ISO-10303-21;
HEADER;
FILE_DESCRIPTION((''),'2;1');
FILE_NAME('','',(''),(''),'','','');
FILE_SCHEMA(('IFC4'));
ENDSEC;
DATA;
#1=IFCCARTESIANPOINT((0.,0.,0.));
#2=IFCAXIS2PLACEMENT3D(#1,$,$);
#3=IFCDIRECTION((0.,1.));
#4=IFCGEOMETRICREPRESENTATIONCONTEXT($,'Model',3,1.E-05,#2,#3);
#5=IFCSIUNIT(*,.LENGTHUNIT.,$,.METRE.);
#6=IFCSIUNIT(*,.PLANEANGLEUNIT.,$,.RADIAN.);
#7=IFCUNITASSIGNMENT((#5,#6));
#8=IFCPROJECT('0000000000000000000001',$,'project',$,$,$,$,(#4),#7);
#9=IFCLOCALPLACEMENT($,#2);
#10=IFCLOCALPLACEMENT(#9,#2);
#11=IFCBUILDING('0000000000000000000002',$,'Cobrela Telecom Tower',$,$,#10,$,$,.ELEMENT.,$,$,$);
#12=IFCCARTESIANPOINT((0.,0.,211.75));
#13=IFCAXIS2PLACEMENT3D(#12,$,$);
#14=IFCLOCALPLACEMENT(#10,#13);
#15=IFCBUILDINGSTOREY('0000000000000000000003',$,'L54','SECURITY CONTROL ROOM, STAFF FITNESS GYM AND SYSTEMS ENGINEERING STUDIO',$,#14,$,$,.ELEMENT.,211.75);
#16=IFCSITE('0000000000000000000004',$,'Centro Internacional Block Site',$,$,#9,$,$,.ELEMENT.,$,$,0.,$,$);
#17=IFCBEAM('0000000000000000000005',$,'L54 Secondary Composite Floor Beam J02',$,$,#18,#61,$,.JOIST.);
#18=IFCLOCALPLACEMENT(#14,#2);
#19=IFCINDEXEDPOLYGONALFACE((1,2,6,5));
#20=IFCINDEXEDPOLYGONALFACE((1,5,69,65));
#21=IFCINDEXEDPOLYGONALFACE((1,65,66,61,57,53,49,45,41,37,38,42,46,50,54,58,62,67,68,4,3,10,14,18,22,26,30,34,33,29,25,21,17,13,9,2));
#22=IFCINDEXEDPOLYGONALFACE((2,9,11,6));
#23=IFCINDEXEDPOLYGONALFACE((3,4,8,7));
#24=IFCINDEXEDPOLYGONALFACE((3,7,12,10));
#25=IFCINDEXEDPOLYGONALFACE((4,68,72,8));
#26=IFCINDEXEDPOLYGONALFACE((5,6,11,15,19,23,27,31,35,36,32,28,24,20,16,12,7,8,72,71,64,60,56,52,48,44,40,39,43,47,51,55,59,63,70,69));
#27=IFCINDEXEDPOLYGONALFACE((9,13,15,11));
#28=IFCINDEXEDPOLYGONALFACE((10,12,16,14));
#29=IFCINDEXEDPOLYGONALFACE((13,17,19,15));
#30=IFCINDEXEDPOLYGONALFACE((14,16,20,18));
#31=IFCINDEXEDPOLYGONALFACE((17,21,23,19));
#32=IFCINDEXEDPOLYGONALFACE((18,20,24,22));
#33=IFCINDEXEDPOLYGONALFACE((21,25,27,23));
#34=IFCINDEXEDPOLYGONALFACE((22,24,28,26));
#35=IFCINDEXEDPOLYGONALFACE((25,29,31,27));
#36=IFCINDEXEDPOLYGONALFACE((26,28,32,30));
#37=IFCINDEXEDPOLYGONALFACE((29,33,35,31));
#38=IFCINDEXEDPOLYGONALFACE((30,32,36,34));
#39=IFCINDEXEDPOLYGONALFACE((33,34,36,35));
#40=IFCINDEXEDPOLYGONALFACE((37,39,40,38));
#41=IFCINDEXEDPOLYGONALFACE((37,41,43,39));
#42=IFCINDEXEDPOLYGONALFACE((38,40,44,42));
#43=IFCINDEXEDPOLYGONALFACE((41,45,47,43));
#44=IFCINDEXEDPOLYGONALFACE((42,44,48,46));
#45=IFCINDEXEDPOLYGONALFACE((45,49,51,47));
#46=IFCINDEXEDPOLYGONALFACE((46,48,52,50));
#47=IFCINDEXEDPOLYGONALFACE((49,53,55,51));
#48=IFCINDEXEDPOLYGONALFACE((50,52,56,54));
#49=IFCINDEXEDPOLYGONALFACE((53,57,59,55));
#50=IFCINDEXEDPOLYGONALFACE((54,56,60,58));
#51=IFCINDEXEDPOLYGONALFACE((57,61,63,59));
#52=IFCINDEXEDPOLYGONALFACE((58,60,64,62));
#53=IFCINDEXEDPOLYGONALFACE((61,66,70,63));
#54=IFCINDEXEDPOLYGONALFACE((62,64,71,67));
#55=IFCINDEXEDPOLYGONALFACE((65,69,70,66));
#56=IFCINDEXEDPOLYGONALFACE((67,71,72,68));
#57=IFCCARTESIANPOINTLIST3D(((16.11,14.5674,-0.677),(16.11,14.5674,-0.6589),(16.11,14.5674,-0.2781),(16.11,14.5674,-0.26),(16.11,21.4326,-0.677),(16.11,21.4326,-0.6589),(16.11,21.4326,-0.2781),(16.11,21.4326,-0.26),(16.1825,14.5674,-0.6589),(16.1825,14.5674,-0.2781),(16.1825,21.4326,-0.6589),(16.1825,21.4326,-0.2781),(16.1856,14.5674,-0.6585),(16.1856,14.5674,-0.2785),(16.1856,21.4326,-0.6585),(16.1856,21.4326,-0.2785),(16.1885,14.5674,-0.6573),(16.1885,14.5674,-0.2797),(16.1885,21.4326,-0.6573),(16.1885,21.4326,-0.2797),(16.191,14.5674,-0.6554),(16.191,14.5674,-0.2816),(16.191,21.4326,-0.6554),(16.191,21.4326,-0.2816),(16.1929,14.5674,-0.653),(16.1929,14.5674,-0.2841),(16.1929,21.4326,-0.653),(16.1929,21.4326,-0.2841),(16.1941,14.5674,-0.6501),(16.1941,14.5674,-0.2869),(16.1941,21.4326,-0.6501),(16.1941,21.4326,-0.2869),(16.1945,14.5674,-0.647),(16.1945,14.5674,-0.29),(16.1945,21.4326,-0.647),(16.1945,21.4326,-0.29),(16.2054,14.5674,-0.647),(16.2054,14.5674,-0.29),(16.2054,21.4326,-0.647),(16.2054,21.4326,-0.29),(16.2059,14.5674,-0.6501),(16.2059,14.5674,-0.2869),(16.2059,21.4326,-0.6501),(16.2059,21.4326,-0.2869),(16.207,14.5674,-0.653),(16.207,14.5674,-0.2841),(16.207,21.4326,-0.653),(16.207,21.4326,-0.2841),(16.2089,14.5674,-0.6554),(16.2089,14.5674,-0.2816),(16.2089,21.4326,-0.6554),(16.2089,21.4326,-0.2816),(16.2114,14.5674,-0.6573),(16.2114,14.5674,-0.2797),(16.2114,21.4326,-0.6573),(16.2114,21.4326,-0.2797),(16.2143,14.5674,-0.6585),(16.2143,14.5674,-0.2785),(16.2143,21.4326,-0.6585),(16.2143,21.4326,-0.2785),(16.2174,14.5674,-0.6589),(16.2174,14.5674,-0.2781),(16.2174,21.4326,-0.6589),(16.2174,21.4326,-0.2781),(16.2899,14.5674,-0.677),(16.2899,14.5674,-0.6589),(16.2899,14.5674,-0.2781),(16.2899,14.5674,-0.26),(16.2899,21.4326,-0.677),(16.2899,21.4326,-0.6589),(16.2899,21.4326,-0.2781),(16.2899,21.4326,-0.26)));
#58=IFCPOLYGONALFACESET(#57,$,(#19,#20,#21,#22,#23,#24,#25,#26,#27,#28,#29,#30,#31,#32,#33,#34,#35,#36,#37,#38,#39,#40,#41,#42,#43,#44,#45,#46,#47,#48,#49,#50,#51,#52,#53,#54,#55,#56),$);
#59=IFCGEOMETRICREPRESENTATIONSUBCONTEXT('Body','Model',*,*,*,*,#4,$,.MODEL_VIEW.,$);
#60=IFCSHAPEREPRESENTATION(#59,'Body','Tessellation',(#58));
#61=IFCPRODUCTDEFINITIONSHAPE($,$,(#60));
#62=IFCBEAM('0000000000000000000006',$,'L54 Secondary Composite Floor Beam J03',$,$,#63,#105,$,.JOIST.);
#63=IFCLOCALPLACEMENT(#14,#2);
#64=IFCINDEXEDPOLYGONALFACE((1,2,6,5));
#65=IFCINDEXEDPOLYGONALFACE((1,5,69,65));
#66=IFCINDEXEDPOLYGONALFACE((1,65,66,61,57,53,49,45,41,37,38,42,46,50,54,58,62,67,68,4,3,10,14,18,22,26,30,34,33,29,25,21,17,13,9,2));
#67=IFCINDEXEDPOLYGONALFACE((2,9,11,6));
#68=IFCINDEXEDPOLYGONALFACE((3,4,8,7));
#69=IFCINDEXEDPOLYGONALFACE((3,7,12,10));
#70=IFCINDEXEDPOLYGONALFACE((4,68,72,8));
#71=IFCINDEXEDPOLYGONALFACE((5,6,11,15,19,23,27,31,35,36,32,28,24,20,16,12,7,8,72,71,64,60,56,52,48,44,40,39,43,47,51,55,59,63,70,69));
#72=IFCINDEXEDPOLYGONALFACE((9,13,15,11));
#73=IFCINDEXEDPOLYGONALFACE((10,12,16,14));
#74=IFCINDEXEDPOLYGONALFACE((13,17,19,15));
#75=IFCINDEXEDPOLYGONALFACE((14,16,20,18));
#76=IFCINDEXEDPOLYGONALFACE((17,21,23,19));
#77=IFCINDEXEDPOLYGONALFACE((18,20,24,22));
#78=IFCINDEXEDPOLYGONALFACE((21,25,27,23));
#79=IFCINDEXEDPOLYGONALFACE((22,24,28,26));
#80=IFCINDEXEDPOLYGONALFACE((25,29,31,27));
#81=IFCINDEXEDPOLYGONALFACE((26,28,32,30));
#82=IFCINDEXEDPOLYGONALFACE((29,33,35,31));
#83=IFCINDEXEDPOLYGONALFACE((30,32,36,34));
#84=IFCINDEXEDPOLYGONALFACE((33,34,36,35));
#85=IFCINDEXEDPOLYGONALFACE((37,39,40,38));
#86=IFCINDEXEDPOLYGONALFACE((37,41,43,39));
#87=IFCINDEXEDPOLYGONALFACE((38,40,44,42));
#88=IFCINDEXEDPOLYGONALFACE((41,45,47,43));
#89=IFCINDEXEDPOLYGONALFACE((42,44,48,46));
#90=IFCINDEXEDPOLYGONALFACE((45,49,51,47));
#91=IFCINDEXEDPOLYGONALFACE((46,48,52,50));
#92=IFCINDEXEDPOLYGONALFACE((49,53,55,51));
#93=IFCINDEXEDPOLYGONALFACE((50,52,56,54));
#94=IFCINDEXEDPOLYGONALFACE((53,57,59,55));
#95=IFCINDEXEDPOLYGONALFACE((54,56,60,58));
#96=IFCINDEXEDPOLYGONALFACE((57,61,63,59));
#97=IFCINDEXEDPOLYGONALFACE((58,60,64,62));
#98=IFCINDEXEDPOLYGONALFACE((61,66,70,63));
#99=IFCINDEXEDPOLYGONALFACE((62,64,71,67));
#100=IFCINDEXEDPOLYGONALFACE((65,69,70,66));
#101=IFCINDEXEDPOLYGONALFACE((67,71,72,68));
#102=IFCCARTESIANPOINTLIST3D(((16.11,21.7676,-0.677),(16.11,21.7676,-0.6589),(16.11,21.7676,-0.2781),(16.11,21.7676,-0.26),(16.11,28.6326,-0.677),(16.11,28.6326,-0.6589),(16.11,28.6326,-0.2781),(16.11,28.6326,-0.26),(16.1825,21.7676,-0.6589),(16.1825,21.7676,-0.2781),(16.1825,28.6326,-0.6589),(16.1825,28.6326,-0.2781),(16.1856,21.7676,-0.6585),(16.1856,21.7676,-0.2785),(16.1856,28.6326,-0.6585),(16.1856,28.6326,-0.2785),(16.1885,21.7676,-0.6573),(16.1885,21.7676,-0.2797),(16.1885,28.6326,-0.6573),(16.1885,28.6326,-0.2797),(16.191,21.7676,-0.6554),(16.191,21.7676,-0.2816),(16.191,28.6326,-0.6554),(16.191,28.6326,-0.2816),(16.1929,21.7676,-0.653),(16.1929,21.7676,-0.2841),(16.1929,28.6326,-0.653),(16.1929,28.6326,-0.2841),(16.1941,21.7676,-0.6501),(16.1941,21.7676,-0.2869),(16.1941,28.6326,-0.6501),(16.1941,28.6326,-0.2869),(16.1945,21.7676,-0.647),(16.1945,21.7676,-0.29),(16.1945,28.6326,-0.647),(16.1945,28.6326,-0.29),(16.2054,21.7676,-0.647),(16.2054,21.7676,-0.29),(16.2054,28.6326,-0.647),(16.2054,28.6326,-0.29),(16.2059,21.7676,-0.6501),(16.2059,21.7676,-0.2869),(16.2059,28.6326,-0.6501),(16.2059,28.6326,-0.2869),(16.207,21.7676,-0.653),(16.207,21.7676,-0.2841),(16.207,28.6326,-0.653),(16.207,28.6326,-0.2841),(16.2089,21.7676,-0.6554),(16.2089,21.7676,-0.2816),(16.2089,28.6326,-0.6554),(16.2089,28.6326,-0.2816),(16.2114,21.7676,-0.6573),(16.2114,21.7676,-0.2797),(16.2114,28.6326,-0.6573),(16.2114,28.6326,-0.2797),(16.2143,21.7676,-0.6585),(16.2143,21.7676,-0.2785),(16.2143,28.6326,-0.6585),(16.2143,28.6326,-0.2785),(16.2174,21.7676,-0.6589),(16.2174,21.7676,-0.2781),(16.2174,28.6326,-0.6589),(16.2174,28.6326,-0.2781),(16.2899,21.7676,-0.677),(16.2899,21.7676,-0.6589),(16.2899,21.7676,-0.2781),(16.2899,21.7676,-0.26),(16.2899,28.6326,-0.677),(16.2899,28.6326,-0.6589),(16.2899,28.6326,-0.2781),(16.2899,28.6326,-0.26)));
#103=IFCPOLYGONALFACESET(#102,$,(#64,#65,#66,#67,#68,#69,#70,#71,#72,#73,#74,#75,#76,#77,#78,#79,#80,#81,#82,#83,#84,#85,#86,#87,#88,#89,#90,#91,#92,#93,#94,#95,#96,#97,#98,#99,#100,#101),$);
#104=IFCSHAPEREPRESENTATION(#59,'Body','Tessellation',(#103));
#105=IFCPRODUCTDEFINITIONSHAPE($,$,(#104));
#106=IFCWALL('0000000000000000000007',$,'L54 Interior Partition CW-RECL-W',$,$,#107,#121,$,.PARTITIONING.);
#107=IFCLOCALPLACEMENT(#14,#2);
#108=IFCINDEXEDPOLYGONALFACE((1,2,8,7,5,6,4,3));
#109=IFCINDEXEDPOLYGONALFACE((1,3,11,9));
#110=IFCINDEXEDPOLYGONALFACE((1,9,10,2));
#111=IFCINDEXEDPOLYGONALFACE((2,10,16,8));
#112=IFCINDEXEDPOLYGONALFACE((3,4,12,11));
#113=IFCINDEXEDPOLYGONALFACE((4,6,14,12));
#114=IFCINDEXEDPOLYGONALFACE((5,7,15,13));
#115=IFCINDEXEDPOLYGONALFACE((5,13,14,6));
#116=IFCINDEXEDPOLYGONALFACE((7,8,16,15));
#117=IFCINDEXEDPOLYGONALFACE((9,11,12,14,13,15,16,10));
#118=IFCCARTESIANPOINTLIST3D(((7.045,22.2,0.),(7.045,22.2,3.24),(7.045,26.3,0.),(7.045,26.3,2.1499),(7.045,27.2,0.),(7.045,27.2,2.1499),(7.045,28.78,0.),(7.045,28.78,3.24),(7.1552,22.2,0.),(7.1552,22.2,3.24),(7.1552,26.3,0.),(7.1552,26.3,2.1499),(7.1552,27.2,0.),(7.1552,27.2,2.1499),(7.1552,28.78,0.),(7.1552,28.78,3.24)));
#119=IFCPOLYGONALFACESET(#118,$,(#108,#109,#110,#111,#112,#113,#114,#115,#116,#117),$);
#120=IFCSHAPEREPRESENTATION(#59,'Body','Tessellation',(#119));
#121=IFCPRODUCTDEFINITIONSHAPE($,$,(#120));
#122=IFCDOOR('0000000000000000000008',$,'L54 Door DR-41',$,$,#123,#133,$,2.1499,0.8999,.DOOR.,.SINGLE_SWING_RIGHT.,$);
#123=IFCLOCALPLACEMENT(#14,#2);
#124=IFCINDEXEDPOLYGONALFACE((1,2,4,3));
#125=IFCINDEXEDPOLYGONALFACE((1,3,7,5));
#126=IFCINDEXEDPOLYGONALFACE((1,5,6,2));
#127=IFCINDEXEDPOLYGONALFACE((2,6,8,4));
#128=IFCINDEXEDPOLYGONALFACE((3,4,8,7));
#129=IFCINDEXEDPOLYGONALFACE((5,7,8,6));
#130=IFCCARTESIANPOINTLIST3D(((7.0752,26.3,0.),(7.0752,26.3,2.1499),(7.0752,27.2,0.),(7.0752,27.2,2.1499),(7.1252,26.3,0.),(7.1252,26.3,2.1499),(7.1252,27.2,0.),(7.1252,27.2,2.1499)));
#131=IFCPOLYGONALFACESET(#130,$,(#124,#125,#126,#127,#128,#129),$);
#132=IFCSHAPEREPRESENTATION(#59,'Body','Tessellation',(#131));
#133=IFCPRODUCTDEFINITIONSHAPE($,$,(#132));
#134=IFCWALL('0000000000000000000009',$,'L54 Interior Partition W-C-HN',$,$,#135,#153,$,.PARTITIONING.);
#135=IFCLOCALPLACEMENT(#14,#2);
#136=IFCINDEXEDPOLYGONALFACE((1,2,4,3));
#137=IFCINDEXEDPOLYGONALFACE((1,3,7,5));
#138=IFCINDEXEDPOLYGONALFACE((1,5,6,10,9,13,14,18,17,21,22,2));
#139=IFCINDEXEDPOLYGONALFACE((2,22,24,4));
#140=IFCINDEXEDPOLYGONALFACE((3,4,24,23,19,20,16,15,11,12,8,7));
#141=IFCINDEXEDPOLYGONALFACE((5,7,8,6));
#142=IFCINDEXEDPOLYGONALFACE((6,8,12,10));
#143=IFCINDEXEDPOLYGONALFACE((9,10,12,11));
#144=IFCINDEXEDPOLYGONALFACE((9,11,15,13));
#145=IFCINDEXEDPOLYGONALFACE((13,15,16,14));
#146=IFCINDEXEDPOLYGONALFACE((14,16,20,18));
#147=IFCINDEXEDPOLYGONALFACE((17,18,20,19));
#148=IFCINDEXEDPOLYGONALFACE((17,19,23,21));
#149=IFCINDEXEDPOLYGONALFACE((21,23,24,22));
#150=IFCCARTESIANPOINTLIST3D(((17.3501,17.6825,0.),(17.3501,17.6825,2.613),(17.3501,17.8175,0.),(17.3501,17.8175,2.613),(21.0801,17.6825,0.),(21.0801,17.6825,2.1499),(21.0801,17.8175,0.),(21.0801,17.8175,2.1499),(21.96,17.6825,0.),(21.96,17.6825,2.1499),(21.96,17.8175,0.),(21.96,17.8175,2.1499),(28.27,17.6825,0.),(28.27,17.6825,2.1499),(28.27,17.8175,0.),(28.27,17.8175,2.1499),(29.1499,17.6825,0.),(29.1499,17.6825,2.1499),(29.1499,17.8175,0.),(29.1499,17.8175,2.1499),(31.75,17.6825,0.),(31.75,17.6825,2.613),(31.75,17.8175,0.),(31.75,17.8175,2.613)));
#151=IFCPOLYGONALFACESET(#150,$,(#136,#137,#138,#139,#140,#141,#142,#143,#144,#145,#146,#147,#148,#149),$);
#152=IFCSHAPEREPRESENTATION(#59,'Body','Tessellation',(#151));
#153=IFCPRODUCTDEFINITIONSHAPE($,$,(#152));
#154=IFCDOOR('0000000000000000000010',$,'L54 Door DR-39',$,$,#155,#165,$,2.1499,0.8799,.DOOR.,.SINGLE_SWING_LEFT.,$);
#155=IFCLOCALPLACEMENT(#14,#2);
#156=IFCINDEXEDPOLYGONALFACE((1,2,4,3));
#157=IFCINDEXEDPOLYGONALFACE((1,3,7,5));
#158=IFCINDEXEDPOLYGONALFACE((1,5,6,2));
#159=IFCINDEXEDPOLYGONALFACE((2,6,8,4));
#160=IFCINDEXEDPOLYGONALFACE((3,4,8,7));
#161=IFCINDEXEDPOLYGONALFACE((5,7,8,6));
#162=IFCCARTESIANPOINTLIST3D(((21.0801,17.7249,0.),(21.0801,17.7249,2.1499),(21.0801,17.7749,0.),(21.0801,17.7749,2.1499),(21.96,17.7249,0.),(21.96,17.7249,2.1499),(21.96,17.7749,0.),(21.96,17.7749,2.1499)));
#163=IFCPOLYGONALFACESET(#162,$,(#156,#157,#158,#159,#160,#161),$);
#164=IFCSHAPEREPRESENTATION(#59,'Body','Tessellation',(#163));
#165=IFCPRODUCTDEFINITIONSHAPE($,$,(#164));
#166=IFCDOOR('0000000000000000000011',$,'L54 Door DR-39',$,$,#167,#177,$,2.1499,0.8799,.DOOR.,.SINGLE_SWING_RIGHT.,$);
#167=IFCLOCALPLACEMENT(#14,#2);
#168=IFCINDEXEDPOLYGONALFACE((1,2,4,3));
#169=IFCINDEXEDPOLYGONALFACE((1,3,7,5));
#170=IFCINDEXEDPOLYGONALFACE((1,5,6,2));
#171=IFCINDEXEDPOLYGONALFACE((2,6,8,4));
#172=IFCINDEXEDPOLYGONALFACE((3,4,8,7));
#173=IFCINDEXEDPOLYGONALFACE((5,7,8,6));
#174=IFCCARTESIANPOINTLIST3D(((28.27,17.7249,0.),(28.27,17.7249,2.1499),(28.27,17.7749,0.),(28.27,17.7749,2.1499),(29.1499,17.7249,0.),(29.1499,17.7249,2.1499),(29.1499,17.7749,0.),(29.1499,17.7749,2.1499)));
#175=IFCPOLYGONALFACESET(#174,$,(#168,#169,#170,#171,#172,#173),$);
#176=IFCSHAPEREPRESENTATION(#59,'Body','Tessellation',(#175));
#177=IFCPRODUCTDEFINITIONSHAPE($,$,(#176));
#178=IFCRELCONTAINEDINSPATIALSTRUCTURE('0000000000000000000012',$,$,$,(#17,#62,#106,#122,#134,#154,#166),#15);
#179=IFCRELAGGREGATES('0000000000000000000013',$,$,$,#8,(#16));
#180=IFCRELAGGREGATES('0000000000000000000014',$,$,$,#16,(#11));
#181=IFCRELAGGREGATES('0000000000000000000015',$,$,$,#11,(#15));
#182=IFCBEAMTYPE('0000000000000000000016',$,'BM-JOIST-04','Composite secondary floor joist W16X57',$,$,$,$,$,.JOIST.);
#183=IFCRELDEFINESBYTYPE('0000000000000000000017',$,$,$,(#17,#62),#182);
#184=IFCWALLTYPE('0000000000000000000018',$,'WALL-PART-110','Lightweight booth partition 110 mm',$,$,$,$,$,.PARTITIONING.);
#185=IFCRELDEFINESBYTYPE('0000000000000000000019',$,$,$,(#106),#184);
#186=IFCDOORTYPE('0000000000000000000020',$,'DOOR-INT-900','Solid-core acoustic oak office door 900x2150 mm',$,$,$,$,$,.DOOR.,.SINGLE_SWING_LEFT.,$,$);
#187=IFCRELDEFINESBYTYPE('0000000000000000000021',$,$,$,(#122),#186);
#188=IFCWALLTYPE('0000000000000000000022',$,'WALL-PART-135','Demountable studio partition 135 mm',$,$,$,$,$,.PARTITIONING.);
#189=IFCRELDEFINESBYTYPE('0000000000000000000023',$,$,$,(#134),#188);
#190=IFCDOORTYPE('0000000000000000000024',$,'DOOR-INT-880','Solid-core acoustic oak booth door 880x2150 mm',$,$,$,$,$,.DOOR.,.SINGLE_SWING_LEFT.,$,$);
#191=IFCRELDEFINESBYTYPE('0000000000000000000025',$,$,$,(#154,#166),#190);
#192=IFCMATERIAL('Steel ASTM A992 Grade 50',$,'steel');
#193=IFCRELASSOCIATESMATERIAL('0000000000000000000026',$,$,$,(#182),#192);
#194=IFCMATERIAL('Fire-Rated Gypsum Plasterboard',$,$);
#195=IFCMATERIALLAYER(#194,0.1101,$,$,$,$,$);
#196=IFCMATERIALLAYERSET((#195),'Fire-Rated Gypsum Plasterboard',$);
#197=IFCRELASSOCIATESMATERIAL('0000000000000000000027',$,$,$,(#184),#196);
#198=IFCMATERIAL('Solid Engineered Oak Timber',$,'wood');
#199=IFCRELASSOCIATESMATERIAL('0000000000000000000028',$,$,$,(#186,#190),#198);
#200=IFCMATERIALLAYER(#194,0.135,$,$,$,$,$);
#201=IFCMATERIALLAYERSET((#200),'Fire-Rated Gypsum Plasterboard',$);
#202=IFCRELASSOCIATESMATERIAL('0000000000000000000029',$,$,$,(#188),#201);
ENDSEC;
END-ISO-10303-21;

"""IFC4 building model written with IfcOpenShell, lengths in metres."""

from ifc_helpers import new_model, si_unit, direction, frame, frame_2d, origin, origin_2d, place, context, subcontext, project, spatial, rectangle, i_section, extrude, material, layer, layer_set, material_profile, profile_set, type_object, element, fill, save


model = new_model("IFC4")

# Units and contexts
model_context = context("Model", 3, precision=1e-05, world=origin(), true_north=direction((0.0, 1.0)))
body_context = subcontext(model_context, "Body", "Model", "MODEL_VIEW")
ifc_project = project(units=[si_unit("LENGTHUNIT", "METRE"), si_unit("PLANEANGLEUNIT", "RADIAN")], contexts=[model_context])

# Site, building, storey
site_placement = place(None, origin())
site = spatial("IfcSite", under=ifc_project, at=site_placement, Name="Centro Internacional Block Site", CompositionType="ELEMENT", RefElevation=0.0)
building_placement = place(site_placement, origin())
building = spatial("IfcBuilding", under=site, at=building_placement, Name="Cobrela Telecom Tower", CompositionType="ELEMENT")
storey_placement = place(building_placement, frame((0.0, 0.0, 211.75)))
storey = spatial("IfcBuildingStorey", under=building, at=storey_placement, Name="L54", Description="SECURITY CONTROL ROOM, STAFF FITNESS GYM AND SYSTEMS ENGINEERING STUDIO", CompositionType="ELEMENT", Elevation=211.75)

# Beams
ifc_material_1 = material(Name="Steel ASTM A992 Grade 50", Category="steel")
ifc_material_profile_1 = material_profile(ifc_material_1, i_section(OverallWidth=0.1799, OverallDepth=0.417, WebThickness=0.011, FlangeThickness=0.0181, FilletRadius=0.012, at=origin_2d()), Name="W16X57")
ifc_profile_set_1 = profile_set([ifc_material_profile_1], Name="Steel ASTM A992 Grade 50")
beam_type_1 = type_object("IfcBeamType", Name="BM-JOIST-04", Description="Composite secondary floor joist W16X57", PredefinedType="JOIST", material=ifc_profile_set_1)
beam_1_placement = place(storey_placement, frame((16.2, 14.5674, -0.4685), z_axis=(0.0, 1.0, 0.0), x_axis=(-1.0, 0.0, 0.0)))
element("IfcBeam", 1, at=beam_1_placement, inside=storey, type_object=beam_type_1, Name="L54 Secondary Composite Floor Beam J02", PredefinedType="JOIST", context=body_context, shape_type="SweptSolid", body=[
    extrude(i_section(OverallWidth=0.1799, OverallDepth=0.417, WebThickness=0.011, FlangeThickness=0.0181, FilletRadius=0.012, at=origin_2d()), origin(), (0.0, 0.0, 1.0), 6.8652),
])
beam_2_placement = place(storey_placement, frame((16.2, 21.7676, -0.4685), z_axis=(0.0, 1.0, 0.0), x_axis=(-1.0, 0.0, 0.0)))
element("IfcBeam", 2, at=beam_2_placement, inside=storey, type_object=beam_type_1, Name="L54 Secondary Composite Floor Beam J03", PredefinedType="JOIST", context=body_context, shape_type="SweptSolid", body=[
    extrude(i_section(OverallWidth=0.1799, OverallDepth=0.417, WebThickness=0.011, FlangeThickness=0.0181, FilletRadius=0.012, at=origin_2d()), origin(), (0.0, 0.0, 1.0), 6.865),
])

# Wall, opening, door
ifc_material_2 = material(Name="Fire-Rated Gypsum Plasterboard")
ifc_layer_1 = layer(ifc_material_2, 0.1101)
ifc_layer_set_1 = layer_set([ifc_layer_1], Name="Fire-Rated Gypsum Plasterboard")
wall_type_1 = type_object("IfcWallType", Name="WALL-PART-110", Description="Lightweight booth partition 110 mm", PredefinedType="PARTITIONING", material=ifc_layer_set_1)
wall_1_placement = place(storey_placement, frame((7.1001, 22.2, 0.0), z_axis=(0.0, 0.0, 1.0), x_axis=(0.0, 1.0, 0.0)))
wall_1 = element("IfcWall", 3, at=wall_1_placement, inside=storey, type_object=wall_type_1, Name="L54 Interior Partition CW-RECL-W", PredefinedType="PARTITIONING", context=body_context, shape_type="SweptSolid", body=[
    extrude(rectangle(XDim=6.5801, YDim=0.1101, at=frame_2d((3.29, 0.0))), origin(), (0.0, 0.0, 1.0), 3.24),
])
opening_1_placement = place(wall_1_placement, frame((4.1001, 0.0, 0.0)))
opening_1 = element("IfcOpeningElement", 4, at=opening_1_placement, cuts=wall_1, PredefinedType="OPENING", context=body_context, shape_type="SweptSolid", body=[
    extrude(rectangle(XDim=0.8999, YDim=2.1499, at=frame_2d((0.45, 1.075))), frame((0.0, 0.0669, 0.0), z_axis=(0.0, -1.0, 0.0), x_axis=(1.0, 0.0, 0.0)), (0.0, 0.0, 1.0), 0.134),
])
ifc_material_3 = material(Name="Solid Engineered Oak Timber", Category="wood")
door_type_1 = type_object("IfcDoorType", Name="DOOR-INT-900", Description="Solid-core acoustic oak office door 900x2150 mm", OperationType="SINGLE_SWING_LEFT", PredefinedType="DOOR", material=ifc_material_3)
door_1_placement = place(opening_1_placement, origin())
door_1 = element("IfcDoor", 5, at=door_1_placement, inside=storey, type_object=door_type_1, Name="L54 Door DR-41", OperationType="SINGLE_SWING_RIGHT", OverallHeight=2.1499, OverallWidth=0.8999, PredefinedType="DOOR", context=body_context, shape_type="SweptSolid", body=[
    extrude(rectangle(XDim=0.8999, YDim=2.1499, at=frame_2d((0.45, 1.075))), frame((0.0, 0.0249, 0.0), z_axis=(0.0, -1.0, 0.0), x_axis=(1.0, 0.0, 0.0)), (0.0, 0.0, 1.0), 0.05),
])
fill(opening_1, door_1)

# Wall, openings, doors
ifc_layer_2 = layer(ifc_material_2, 0.135)
ifc_layer_set_2 = layer_set([ifc_layer_2], Name="Fire-Rated Gypsum Plasterboard")
wall_type_2 = type_object("IfcWallType", Name="WALL-PART-135", Description="Demountable studio partition 135 mm", PredefinedType="PARTITIONING", material=ifc_layer_set_2)
wall_2_placement = place(storey_placement, frame((17.3501, 17.75, 0.0), z_axis=(0.0, 0.0, 1.0), x_axis=(1.0, 0.0, 0.0)))
wall_2 = element("IfcWall", 6, at=wall_2_placement, inside=storey, type_object=wall_type_2, Name="L54 Interior Partition W-C-HN", PredefinedType="PARTITIONING", context=body_context, shape_type="SweptSolid", body=[
    extrude(rectangle(XDim=14.3999, YDim=0.135, at=frame_2d((7.2, 0.0))), origin(), (0.0, 0.0, 1.0), 2.613),
])
opening_2_placement = place(wall_2_placement, frame((3.73, 0.0, 0.0)))
opening_2 = element("IfcOpeningElement", 7, at=opening_2_placement, cuts=wall_2, PredefinedType="OPENING", context=body_context, shape_type="SweptSolid", body=[
    extrude(rectangle(XDim=0.8799, YDim=2.1499, at=frame_2d((0.4399, 1.075))), frame((0.0, 0.0796, 0.0), z_axis=(0.0, -1.0, 0.0), x_axis=(1.0, 0.0, 0.0)), (0.0, 0.0, 1.0), 0.1589),
])
opening_3_placement = place(wall_2_placement, frame((10.9199, 0.0, 0.0)))
opening_3 = element("IfcOpeningElement", 8, at=opening_3_placement, cuts=wall_2, PredefinedType="OPENING", context=body_context, shape_type="SweptSolid", body=[
    extrude(rectangle(XDim=0.8799, YDim=2.1499, at=frame_2d((0.4399, 1.075))), frame((0.0, 0.0796, 0.0), z_axis=(0.0, -1.0, 0.0), x_axis=(1.0, 0.0, 0.0)), (0.0, 0.0, 1.0), 0.1589),
])
door_type_2 = type_object("IfcDoorType", Name="DOOR-INT-880", Description="Solid-core acoustic oak booth door 880x2150 mm", OperationType="SINGLE_SWING_LEFT", PredefinedType="DOOR", material=ifc_material_3)
door_2_placement = place(opening_2_placement, origin())
door_2 = element("IfcDoor", 9, at=door_2_placement, inside=storey, type_object=door_type_2, Name="L54 Door DR-39", OperationType="SINGLE_SWING_LEFT", OverallHeight=2.1499, OverallWidth=0.8799, PredefinedType="DOOR", context=body_context, shape_type="SweptSolid", body=[
    extrude(rectangle(XDim=0.8799, YDim=2.1499, at=frame_2d((0.4399, 1.075))), frame((0.0, 0.0249, 0.0), z_axis=(0.0, -1.0, 0.0), x_axis=(1.0, 0.0, 0.0)), (0.0, 0.0, 1.0), 0.05),
])
fill(opening_2, door_2)
door_3_placement = place(opening_3_placement, origin())
door_3 = element("IfcDoor", 10, at=door_3_placement, inside=storey, type_object=door_type_2, Name="L54 Door DR-39", OperationType="SINGLE_SWING_RIGHT", OverallHeight=2.1499, OverallWidth=0.8799, PredefinedType="DOOR", context=body_context, shape_type="SweptSolid", body=[
    extrude(rectangle(XDim=0.8799, YDim=2.1499, at=frame_2d((0.4399, 1.075))), frame((0.0, 0.0249, 0.0), z_axis=(0.0, -1.0, 0.0), x_axis=(1.0, 0.0, 0.0)), (0.0, 0.0, 1.0), 0.05),
])
fill(opening_3, door_3)

save(model, "model.ifc")
